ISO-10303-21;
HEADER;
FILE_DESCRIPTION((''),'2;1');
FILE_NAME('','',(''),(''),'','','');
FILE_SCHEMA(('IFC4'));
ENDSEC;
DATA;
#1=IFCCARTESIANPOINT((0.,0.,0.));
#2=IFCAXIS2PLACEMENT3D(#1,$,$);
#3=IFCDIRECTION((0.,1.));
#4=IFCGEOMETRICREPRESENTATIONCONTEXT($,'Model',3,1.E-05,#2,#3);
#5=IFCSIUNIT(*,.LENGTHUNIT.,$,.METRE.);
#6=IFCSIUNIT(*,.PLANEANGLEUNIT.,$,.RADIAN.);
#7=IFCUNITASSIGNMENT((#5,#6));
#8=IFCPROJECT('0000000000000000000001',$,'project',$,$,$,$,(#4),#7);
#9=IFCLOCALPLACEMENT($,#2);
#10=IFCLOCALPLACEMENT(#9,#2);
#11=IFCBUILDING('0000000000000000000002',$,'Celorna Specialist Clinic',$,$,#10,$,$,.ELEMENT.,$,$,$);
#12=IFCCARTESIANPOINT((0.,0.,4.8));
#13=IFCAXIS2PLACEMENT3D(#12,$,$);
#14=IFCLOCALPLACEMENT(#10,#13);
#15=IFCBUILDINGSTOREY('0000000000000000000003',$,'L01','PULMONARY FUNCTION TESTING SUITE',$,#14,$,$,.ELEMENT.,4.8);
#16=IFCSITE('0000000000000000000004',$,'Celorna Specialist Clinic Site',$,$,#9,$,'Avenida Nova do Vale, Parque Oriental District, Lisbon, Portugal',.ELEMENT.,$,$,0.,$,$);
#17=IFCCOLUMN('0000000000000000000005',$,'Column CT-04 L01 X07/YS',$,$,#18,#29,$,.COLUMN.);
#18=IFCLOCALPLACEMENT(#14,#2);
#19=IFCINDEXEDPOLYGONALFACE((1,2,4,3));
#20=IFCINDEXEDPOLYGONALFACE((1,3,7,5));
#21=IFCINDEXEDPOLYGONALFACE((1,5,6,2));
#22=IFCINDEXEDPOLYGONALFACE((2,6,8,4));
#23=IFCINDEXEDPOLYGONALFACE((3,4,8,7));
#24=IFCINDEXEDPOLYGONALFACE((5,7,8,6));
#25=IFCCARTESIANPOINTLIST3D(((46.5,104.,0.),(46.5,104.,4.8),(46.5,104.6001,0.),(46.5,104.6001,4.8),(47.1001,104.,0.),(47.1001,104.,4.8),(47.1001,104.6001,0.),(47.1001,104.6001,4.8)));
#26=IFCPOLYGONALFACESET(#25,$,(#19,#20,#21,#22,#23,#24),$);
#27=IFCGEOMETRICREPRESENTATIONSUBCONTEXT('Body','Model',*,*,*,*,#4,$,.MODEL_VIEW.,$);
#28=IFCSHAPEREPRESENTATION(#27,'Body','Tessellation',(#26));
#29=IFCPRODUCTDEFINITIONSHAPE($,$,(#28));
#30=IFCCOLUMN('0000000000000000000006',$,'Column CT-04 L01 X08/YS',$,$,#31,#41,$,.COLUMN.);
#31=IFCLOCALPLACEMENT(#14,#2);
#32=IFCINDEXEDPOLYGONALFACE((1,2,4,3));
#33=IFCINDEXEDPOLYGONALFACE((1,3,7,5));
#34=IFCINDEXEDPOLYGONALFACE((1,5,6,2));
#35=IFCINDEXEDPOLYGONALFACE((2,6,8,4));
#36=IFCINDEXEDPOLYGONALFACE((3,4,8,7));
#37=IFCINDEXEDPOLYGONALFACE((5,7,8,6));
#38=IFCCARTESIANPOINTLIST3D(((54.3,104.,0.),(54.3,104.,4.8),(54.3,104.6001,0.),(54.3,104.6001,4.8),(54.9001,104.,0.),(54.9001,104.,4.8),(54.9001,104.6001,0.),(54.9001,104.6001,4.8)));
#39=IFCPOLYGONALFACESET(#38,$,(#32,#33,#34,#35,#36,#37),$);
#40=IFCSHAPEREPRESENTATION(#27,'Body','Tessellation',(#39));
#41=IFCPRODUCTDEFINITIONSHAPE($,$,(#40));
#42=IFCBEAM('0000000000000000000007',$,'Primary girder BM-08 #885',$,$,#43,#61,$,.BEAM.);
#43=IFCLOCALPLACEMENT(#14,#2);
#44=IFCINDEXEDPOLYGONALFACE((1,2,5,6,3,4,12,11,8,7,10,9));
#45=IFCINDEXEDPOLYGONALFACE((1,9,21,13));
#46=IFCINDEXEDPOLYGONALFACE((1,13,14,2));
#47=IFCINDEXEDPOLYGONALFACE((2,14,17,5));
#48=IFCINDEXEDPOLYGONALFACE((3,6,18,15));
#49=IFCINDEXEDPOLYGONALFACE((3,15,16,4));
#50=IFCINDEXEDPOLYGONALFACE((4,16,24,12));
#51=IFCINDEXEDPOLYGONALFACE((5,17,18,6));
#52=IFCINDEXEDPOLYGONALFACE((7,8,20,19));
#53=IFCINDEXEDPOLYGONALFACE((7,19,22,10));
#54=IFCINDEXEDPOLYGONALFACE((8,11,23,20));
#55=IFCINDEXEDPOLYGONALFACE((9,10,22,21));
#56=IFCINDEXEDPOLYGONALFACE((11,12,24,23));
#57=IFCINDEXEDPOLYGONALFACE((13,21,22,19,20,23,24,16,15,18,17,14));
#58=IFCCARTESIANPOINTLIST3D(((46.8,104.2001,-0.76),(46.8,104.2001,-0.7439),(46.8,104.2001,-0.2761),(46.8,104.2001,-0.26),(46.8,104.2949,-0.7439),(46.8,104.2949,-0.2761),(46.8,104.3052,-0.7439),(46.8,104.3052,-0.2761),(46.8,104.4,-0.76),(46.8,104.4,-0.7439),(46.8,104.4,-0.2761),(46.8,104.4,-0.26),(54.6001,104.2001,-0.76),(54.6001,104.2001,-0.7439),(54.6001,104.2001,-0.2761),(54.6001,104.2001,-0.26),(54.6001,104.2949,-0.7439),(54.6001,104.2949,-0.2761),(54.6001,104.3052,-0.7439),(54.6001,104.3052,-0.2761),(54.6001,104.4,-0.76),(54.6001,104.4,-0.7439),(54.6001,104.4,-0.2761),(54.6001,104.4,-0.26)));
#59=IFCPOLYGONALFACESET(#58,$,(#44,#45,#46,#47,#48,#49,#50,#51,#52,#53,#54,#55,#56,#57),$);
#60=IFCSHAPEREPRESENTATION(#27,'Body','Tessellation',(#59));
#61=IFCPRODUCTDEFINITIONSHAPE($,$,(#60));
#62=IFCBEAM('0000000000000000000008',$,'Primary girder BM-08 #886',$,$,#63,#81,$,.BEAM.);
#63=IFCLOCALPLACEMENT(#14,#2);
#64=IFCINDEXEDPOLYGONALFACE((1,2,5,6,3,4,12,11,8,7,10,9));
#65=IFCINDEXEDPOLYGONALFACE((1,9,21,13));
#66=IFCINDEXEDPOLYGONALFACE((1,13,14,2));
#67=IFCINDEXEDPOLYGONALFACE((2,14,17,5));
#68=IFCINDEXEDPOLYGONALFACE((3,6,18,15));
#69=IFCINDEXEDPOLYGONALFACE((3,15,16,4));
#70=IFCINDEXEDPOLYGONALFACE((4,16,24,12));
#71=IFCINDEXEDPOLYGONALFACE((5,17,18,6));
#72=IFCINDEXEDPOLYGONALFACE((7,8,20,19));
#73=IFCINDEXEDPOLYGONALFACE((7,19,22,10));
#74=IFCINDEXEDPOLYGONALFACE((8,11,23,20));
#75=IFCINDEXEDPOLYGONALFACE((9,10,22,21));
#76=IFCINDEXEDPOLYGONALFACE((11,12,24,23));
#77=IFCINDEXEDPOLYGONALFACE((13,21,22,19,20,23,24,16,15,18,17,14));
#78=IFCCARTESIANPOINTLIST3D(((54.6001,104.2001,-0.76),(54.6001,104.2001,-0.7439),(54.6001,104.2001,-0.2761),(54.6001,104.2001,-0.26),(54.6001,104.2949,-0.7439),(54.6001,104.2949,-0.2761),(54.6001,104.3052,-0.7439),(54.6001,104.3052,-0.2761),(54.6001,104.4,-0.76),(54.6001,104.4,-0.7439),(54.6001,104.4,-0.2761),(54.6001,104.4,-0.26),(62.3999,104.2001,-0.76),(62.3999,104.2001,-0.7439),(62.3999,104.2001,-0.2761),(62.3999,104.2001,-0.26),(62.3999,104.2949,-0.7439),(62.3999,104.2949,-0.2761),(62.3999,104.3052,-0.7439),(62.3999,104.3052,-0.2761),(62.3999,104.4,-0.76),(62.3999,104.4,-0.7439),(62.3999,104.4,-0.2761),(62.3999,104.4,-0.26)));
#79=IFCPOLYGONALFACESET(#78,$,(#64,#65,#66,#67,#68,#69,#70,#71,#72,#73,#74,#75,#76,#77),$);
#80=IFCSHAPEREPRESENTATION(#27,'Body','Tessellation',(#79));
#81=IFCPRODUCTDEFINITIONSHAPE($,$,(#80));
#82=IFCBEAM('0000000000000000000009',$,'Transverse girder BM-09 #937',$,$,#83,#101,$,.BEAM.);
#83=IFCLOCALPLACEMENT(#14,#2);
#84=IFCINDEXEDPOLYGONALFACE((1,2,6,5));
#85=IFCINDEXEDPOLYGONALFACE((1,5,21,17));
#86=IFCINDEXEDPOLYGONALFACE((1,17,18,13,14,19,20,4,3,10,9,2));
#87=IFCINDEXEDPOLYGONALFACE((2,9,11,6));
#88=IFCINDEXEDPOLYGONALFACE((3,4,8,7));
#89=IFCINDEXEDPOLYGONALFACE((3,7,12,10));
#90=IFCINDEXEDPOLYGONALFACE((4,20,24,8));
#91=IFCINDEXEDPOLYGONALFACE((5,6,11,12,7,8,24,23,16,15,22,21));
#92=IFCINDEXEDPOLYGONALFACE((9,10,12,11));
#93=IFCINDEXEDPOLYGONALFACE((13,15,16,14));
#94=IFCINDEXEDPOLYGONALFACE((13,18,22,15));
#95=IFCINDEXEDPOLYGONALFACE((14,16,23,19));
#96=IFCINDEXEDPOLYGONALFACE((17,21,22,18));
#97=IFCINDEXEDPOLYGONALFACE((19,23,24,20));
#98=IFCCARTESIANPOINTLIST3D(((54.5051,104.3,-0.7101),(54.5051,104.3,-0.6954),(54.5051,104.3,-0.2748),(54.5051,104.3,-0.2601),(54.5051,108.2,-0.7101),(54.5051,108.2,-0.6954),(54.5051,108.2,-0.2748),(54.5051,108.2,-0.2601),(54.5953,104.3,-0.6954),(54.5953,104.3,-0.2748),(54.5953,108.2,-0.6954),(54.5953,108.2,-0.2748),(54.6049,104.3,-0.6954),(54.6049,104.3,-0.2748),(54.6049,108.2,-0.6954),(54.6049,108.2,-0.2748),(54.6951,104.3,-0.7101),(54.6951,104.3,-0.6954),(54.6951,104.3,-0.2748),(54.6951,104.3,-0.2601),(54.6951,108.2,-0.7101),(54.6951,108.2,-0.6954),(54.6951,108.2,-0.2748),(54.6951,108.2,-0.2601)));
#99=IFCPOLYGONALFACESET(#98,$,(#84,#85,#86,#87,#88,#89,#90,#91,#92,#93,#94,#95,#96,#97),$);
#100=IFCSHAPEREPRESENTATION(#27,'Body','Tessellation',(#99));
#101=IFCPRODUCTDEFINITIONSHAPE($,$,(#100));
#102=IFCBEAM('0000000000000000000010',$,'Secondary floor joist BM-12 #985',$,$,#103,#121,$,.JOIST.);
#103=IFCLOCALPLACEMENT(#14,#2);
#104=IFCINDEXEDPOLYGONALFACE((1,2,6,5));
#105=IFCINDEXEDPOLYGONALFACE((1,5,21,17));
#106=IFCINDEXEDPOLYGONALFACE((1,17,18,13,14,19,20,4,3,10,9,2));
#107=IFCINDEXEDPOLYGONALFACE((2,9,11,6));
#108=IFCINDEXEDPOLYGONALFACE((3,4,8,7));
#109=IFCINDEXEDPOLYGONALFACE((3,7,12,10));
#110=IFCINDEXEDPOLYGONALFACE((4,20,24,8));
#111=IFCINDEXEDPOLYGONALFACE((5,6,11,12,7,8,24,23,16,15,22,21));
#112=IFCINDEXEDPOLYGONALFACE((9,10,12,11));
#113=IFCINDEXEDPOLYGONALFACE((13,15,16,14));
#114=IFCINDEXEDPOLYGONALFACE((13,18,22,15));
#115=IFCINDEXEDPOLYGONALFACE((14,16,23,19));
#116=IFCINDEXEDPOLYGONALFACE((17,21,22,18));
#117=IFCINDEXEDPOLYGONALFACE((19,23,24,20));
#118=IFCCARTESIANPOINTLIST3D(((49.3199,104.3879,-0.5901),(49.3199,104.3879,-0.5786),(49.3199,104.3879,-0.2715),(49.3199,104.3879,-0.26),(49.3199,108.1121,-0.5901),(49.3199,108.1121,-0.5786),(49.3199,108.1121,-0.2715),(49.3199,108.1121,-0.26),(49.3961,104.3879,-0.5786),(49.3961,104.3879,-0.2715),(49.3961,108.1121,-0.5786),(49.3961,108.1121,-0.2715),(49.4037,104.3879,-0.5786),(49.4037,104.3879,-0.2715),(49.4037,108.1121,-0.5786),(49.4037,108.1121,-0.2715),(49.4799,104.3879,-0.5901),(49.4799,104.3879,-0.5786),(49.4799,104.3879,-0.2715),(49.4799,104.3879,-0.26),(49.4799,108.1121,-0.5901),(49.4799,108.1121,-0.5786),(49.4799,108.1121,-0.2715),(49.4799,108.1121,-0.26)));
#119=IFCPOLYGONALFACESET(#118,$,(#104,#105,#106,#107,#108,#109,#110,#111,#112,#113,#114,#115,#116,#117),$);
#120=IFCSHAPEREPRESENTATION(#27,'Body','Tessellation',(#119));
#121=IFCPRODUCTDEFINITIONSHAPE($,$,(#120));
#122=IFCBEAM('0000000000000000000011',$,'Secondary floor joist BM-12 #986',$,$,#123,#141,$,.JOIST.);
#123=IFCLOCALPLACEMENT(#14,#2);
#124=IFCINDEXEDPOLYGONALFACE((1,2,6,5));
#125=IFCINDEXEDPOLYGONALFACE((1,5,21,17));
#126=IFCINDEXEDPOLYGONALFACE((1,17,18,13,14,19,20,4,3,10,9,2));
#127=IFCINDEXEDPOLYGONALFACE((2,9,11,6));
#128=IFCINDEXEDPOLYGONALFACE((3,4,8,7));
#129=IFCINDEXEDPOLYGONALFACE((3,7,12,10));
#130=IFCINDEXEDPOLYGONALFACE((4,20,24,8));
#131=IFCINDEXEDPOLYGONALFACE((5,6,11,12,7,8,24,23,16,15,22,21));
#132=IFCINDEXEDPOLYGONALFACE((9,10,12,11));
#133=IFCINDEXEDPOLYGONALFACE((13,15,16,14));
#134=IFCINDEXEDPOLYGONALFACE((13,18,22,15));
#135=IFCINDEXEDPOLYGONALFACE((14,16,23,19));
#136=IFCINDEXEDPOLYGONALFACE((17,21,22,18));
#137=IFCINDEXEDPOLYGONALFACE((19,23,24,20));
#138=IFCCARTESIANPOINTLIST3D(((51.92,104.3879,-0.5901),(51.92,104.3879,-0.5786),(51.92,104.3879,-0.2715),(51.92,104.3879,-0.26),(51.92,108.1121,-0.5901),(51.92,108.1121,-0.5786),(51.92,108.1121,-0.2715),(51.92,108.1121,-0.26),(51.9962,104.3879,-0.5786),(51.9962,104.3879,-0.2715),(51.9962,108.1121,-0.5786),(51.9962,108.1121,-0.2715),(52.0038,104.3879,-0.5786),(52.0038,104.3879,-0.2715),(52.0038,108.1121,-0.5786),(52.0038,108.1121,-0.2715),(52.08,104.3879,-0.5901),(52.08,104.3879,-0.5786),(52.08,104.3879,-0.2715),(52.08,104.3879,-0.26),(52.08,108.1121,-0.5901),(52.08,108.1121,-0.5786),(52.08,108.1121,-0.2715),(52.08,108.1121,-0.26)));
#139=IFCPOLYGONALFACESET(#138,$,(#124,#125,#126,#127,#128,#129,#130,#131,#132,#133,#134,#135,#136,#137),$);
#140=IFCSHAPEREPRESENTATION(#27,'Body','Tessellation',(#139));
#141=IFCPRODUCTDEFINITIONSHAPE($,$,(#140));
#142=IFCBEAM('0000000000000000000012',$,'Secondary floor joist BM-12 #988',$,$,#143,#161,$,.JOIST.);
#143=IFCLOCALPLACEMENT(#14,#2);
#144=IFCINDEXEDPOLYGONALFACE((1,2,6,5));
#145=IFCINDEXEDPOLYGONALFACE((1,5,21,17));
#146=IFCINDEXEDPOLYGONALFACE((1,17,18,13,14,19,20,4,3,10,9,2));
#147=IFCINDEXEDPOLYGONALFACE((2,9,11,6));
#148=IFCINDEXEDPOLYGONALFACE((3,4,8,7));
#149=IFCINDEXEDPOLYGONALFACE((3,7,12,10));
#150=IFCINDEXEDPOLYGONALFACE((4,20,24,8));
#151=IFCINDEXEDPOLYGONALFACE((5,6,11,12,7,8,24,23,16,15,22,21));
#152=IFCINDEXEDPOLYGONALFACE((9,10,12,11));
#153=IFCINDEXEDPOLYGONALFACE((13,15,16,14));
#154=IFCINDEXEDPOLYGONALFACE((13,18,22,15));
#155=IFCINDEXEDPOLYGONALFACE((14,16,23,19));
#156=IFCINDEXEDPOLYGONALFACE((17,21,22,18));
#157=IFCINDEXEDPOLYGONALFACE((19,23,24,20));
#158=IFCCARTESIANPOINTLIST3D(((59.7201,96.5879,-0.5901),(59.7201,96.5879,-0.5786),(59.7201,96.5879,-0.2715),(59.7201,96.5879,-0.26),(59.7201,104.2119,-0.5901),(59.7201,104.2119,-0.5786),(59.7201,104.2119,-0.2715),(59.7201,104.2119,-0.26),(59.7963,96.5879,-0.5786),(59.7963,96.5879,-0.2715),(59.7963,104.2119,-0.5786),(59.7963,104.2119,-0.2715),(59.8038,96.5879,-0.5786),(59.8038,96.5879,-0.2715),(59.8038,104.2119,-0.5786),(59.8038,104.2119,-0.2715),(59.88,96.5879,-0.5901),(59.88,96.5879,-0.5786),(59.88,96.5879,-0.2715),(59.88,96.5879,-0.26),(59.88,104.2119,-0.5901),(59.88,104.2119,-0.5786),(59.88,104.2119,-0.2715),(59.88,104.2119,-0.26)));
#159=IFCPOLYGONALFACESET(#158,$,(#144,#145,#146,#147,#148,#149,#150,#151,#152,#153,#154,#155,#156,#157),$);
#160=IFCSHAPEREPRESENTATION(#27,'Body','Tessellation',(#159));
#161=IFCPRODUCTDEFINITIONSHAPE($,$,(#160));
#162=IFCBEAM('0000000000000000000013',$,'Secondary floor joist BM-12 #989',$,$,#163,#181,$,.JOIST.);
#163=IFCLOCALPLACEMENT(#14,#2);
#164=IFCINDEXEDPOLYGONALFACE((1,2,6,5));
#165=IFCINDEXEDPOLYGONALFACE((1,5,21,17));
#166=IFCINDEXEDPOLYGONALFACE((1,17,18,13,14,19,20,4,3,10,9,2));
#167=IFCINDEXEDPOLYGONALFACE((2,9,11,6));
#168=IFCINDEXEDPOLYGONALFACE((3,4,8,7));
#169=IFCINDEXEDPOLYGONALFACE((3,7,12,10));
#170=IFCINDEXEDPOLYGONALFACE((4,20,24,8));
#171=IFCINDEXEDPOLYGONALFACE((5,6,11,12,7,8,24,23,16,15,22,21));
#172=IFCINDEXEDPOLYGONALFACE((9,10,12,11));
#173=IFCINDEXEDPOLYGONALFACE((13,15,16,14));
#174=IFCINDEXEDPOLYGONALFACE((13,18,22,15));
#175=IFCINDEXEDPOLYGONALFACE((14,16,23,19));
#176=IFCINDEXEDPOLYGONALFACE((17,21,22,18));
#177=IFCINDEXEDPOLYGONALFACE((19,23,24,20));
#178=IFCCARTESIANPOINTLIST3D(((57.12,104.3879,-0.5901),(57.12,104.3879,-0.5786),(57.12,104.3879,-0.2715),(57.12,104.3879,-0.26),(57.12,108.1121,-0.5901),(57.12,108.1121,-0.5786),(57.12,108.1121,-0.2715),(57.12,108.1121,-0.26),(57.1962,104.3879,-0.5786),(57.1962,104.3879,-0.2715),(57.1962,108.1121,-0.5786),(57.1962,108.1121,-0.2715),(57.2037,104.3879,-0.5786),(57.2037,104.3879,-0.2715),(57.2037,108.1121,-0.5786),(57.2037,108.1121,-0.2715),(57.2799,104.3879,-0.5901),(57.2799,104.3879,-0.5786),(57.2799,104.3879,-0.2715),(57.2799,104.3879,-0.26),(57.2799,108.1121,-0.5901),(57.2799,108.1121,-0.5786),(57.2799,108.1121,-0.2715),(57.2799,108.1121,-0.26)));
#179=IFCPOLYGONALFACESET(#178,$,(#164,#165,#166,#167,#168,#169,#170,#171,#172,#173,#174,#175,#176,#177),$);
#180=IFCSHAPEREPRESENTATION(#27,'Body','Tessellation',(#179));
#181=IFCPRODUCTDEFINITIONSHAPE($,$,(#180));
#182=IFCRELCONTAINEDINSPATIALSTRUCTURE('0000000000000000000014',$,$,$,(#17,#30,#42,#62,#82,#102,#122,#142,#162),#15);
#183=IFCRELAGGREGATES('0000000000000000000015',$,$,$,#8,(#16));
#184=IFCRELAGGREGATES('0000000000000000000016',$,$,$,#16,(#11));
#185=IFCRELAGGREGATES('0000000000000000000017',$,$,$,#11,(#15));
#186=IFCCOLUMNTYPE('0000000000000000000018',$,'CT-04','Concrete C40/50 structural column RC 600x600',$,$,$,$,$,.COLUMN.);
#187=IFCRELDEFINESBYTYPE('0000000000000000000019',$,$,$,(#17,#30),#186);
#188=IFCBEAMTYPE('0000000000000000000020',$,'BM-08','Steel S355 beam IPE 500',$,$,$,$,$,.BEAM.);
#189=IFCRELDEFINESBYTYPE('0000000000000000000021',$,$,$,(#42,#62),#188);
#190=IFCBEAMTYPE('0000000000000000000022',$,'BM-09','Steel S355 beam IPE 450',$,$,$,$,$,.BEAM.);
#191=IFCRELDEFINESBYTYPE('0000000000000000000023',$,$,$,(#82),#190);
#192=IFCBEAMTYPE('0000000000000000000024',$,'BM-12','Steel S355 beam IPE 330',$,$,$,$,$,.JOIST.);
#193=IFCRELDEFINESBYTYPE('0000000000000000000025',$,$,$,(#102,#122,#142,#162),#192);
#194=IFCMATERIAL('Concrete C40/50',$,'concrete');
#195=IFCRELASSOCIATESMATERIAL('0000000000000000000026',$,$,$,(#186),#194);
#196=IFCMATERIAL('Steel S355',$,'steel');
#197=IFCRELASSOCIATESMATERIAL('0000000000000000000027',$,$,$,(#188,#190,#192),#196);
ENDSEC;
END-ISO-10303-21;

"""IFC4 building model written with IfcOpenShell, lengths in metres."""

from ifc_helpers import new_model, si_unit, direction, frame, origin, origin_2d, place, context, subcontext, project, spatial, rectangle, i_section, extrude, material, material_profile, profile_set, type_object, element, save


model = new_model("IFC4")

# Units and contexts
model_context = context("Model", 3, precision=1e-05, world=origin(), true_north=direction((0.0, 1.0)))
body_context = subcontext(model_context, "Body", "Model", "MODEL_VIEW")
ifc_project = project(units=[si_unit("LENGTHUNIT", "METRE"), si_unit("PLANEANGLEUNIT", "RADIAN")], contexts=[model_context])

# Site, building, storey
site_placement = place(None, origin())
site = spatial("IfcSite", under=ifc_project, at=site_placement, Name="Celorna Specialist Clinic Site", LongName="Avenida Nova do Vale, Parque Oriental District, Lisbon, Portugal", CompositionType="ELEMENT", RefElevation=0.0)
building_placement = place(site_placement, origin())
building = spatial("IfcBuilding", under=site, at=building_placement, Name="Celorna Specialist Clinic", CompositionType="ELEMENT")
storey_placement = place(building_placement, frame((0.0, 0.0, 4.8)))
storey = spatial("IfcBuildingStorey", under=building, at=storey_placement, Name="L01", Description="PULMONARY FUNCTION TESTING SUITE", CompositionType="ELEMENT", Elevation=4.8)

# Columns
ifc_material_1 = material(Name="Concrete C40/50", Category="concrete")
ifc_material_profile_1 = material_profile(ifc_material_1, rectangle(XDim=0.6001, YDim=0.6001, at=origin_2d()), Name="RC 600x600")
ifc_profile_set_1 = profile_set([ifc_material_profile_1], Name="Concrete C40/50")
column_type = type_object("IfcColumnType", Name="CT-04", Description="Concrete C40/50 structural column RC 600x600", PredefinedType="COLUMN", material=ifc_profile_set_1)
for number, where, z_axis, x_axis, name in (
    (1, (46.8, 104.3, 0.0), (0.0, 0.0, 1.0), (1.0, 0.0, 0.0), "Column CT-04 L01 X07/YS"),
    (2, (54.6001, 104.3, 0.0), (0.0, 0.0, 1.0), (1.0, 0.0, 0.0), "Column CT-04 L01 X08/YS"),
):
    element("IfcColumn", number, at=place(storey_placement, frame(where, z_axis=z_axis, x_axis=x_axis)), inside=storey, type_object=column_type, Name=name, PredefinedType="COLUMN", context=body_context, shape_type="SweptSolid", body=[
        extrude(rectangle(XDim=0.6001, YDim=0.6001, at=origin_2d()), origin(), (0.0, 0.0, 1.0), 4.8),
    ])

# Beams
ifc_material_2 = material(Name="Steel S355", Category="steel")
ifc_material_profile_2 = material_profile(ifc_material_2, i_section(OverallWidth=0.2, OverallDepth=0.5, WebThickness=0.0103, FlangeThickness=0.0161, at=origin_2d()), Name="IPE 500")
ifc_profile_set_2 = profile_set([ifc_material_profile_2], Name="Steel S355")
beam_type_1 = type_object("IfcBeamType", Name="BM-08", Description="Steel S355 beam IPE 500", PredefinedType="BEAM", material=ifc_profile_set_2)
beam_1_placement = place(storey_placement, frame((46.8, 104.3, -0.51), z_axis=(1.0, 0.0, 0.0), x_axis=(0.0, 1.0, 0.0)))
element("IfcBeam", 3, at=beam_1_placement, inside=storey, type_object=beam_type_1, Name="Primary girder BM-08 #885", PredefinedType="BEAM", context=body_context, shape_type="SweptSolid", body=[
    extrude(i_section(OverallWidth=0.2, OverallDepth=0.5, WebThickness=0.0103, FlangeThickness=0.0161, at=origin_2d()), origin(), (0.0, 0.0, 1.0), 7.8),
])
beam_2_placement = place(storey_placement, frame((54.6001, 104.3, -0.51), z_axis=(1.0, 0.0, 0.0), x_axis=(0.0, 1.0, 0.0)))
element("IfcBeam", 4, at=beam_2_placement, inside=storey, type_object=beam_type_1, Name="Primary girder BM-08 #886", PredefinedType="BEAM", context=body_context, shape_type="SweptSolid", body=[
    extrude(i_section(OverallWidth=0.2, OverallDepth=0.5, WebThickness=0.0103, FlangeThickness=0.0161, at=origin_2d()), origin(), (0.0, 0.0, 1.0), 7.7998),
])
ifc_material_profile_3 = material_profile(ifc_material_2, i_section(OverallWidth=0.1899, OverallDepth=0.45, WebThickness=0.0095, FlangeThickness=0.0146, at=origin_2d()), Name="IPE 450")
ifc_profile_set_3 = profile_set([ifc_material_profile_3], Name="Steel S355")
beam_type_2 = type_object("IfcBeamType", Name="BM-09", Description="Steel S355 beam IPE 450", PredefinedType="BEAM", material=ifc_profile_set_3)
beam_3_placement = place(storey_placement, frame((54.6001, 104.3, -0.4851), z_axis=(0.0, 1.0, 0.0), x_axis=(-1.0, 0.0, 0.0)))
element("IfcBeam", 5, at=beam_3_placement, inside=storey, type_object=beam_type_2, Name="Transverse girder BM-09 #937", PredefinedType="BEAM", context=body_context, shape_type="SweptSolid", body=[
    extrude(i_section(OverallWidth=0.1899, OverallDepth=0.45, WebThickness=0.0095, FlangeThickness=0.0146, at=origin_2d()), origin(), (0.0, 0.0, 1.0), 3.8999),
])
ifc_material_profile_4 = material_profile(ifc_material_2, i_section(OverallWidth=0.1599, OverallDepth=0.3301, WebThickness=0.0076, FlangeThickness=0.0115, at=origin_2d()), Name="IPE 330")
ifc_profile_set_4 = profile_set([ifc_material_profile_4], Name="Steel S355")
beam_type_3 = type_object("IfcBeamType", Name="BM-12", Description="Steel S355 beam IPE 330", PredefinedType="JOIST", material=ifc_profile_set_4)
for number, where, z_axis, x_axis, name in (
    (6, (49.3999, 104.3879, -0.425), (0.0, 1.0, 0.0), (-1.0, 0.0, 0.0), "Secondary floor joist BM-12 #985"),
    (7, (52.0, 104.3879, -0.425), (0.0, 1.0, 0.0), (-1.0, 0.0, 0.0), "Secondary floor joist BM-12 #986"),
):
    element("IfcBeam", number, at=place(storey_placement, frame(where, z_axis=z_axis, x_axis=x_axis)), inside=storey, type_object=beam_type_3, Name=name, PredefinedType="JOIST", context=body_context, shape_type="SweptSolid", body=[
        extrude(i_section(OverallWidth=0.1599, OverallDepth=0.3301, WebThickness=0.0076, FlangeThickness=0.0115, at=origin_2d()), origin(), (0.0, 0.0, 1.0), 3.7241),
    ])
beam_4_placement = place(storey_placement, frame((59.8, 96.5879, -0.425), z_axis=(0.0, 1.0, 0.0), x_axis=(-1.0, 0.0, 0.0)))
element("IfcBeam", 8, at=beam_4_placement, inside=storey, type_object=beam_type_3, Name="Secondary floor joist BM-12 #988", PredefinedType="JOIST", context=body_context, shape_type="SweptSolid", body=[
    extrude(i_section(OverallWidth=0.1599, OverallDepth=0.3301, WebThickness=0.0076, FlangeThickness=0.0115, at=origin_2d()), origin(), (0.0, 0.0, 1.0), 7.624),
])
for number, where, z_axis, x_axis, name in (
    (9, (57.2, 104.3879, -0.425), (0.0, 1.0, 0.0), (-1.0, 0.0, 0.0), "Secondary floor joist BM-12 #989"),
):
    element("IfcBeam", number, at=place(storey_placement, frame(where, z_axis=z_axis, x_axis=x_axis)), inside=storey, type_object=beam_type_3, Name=name, PredefinedType="JOIST", context=body_context, shape_type="SweptSolid", body=[
        extrude(i_section(OverallWidth=0.1599, OverallDepth=0.3301, WebThickness=0.0076, FlangeThickness=0.0115, at=origin_2d()), origin(), (0.0, 0.0, 1.0), 3.7241),
    ])

save(model, "model.ifc")
